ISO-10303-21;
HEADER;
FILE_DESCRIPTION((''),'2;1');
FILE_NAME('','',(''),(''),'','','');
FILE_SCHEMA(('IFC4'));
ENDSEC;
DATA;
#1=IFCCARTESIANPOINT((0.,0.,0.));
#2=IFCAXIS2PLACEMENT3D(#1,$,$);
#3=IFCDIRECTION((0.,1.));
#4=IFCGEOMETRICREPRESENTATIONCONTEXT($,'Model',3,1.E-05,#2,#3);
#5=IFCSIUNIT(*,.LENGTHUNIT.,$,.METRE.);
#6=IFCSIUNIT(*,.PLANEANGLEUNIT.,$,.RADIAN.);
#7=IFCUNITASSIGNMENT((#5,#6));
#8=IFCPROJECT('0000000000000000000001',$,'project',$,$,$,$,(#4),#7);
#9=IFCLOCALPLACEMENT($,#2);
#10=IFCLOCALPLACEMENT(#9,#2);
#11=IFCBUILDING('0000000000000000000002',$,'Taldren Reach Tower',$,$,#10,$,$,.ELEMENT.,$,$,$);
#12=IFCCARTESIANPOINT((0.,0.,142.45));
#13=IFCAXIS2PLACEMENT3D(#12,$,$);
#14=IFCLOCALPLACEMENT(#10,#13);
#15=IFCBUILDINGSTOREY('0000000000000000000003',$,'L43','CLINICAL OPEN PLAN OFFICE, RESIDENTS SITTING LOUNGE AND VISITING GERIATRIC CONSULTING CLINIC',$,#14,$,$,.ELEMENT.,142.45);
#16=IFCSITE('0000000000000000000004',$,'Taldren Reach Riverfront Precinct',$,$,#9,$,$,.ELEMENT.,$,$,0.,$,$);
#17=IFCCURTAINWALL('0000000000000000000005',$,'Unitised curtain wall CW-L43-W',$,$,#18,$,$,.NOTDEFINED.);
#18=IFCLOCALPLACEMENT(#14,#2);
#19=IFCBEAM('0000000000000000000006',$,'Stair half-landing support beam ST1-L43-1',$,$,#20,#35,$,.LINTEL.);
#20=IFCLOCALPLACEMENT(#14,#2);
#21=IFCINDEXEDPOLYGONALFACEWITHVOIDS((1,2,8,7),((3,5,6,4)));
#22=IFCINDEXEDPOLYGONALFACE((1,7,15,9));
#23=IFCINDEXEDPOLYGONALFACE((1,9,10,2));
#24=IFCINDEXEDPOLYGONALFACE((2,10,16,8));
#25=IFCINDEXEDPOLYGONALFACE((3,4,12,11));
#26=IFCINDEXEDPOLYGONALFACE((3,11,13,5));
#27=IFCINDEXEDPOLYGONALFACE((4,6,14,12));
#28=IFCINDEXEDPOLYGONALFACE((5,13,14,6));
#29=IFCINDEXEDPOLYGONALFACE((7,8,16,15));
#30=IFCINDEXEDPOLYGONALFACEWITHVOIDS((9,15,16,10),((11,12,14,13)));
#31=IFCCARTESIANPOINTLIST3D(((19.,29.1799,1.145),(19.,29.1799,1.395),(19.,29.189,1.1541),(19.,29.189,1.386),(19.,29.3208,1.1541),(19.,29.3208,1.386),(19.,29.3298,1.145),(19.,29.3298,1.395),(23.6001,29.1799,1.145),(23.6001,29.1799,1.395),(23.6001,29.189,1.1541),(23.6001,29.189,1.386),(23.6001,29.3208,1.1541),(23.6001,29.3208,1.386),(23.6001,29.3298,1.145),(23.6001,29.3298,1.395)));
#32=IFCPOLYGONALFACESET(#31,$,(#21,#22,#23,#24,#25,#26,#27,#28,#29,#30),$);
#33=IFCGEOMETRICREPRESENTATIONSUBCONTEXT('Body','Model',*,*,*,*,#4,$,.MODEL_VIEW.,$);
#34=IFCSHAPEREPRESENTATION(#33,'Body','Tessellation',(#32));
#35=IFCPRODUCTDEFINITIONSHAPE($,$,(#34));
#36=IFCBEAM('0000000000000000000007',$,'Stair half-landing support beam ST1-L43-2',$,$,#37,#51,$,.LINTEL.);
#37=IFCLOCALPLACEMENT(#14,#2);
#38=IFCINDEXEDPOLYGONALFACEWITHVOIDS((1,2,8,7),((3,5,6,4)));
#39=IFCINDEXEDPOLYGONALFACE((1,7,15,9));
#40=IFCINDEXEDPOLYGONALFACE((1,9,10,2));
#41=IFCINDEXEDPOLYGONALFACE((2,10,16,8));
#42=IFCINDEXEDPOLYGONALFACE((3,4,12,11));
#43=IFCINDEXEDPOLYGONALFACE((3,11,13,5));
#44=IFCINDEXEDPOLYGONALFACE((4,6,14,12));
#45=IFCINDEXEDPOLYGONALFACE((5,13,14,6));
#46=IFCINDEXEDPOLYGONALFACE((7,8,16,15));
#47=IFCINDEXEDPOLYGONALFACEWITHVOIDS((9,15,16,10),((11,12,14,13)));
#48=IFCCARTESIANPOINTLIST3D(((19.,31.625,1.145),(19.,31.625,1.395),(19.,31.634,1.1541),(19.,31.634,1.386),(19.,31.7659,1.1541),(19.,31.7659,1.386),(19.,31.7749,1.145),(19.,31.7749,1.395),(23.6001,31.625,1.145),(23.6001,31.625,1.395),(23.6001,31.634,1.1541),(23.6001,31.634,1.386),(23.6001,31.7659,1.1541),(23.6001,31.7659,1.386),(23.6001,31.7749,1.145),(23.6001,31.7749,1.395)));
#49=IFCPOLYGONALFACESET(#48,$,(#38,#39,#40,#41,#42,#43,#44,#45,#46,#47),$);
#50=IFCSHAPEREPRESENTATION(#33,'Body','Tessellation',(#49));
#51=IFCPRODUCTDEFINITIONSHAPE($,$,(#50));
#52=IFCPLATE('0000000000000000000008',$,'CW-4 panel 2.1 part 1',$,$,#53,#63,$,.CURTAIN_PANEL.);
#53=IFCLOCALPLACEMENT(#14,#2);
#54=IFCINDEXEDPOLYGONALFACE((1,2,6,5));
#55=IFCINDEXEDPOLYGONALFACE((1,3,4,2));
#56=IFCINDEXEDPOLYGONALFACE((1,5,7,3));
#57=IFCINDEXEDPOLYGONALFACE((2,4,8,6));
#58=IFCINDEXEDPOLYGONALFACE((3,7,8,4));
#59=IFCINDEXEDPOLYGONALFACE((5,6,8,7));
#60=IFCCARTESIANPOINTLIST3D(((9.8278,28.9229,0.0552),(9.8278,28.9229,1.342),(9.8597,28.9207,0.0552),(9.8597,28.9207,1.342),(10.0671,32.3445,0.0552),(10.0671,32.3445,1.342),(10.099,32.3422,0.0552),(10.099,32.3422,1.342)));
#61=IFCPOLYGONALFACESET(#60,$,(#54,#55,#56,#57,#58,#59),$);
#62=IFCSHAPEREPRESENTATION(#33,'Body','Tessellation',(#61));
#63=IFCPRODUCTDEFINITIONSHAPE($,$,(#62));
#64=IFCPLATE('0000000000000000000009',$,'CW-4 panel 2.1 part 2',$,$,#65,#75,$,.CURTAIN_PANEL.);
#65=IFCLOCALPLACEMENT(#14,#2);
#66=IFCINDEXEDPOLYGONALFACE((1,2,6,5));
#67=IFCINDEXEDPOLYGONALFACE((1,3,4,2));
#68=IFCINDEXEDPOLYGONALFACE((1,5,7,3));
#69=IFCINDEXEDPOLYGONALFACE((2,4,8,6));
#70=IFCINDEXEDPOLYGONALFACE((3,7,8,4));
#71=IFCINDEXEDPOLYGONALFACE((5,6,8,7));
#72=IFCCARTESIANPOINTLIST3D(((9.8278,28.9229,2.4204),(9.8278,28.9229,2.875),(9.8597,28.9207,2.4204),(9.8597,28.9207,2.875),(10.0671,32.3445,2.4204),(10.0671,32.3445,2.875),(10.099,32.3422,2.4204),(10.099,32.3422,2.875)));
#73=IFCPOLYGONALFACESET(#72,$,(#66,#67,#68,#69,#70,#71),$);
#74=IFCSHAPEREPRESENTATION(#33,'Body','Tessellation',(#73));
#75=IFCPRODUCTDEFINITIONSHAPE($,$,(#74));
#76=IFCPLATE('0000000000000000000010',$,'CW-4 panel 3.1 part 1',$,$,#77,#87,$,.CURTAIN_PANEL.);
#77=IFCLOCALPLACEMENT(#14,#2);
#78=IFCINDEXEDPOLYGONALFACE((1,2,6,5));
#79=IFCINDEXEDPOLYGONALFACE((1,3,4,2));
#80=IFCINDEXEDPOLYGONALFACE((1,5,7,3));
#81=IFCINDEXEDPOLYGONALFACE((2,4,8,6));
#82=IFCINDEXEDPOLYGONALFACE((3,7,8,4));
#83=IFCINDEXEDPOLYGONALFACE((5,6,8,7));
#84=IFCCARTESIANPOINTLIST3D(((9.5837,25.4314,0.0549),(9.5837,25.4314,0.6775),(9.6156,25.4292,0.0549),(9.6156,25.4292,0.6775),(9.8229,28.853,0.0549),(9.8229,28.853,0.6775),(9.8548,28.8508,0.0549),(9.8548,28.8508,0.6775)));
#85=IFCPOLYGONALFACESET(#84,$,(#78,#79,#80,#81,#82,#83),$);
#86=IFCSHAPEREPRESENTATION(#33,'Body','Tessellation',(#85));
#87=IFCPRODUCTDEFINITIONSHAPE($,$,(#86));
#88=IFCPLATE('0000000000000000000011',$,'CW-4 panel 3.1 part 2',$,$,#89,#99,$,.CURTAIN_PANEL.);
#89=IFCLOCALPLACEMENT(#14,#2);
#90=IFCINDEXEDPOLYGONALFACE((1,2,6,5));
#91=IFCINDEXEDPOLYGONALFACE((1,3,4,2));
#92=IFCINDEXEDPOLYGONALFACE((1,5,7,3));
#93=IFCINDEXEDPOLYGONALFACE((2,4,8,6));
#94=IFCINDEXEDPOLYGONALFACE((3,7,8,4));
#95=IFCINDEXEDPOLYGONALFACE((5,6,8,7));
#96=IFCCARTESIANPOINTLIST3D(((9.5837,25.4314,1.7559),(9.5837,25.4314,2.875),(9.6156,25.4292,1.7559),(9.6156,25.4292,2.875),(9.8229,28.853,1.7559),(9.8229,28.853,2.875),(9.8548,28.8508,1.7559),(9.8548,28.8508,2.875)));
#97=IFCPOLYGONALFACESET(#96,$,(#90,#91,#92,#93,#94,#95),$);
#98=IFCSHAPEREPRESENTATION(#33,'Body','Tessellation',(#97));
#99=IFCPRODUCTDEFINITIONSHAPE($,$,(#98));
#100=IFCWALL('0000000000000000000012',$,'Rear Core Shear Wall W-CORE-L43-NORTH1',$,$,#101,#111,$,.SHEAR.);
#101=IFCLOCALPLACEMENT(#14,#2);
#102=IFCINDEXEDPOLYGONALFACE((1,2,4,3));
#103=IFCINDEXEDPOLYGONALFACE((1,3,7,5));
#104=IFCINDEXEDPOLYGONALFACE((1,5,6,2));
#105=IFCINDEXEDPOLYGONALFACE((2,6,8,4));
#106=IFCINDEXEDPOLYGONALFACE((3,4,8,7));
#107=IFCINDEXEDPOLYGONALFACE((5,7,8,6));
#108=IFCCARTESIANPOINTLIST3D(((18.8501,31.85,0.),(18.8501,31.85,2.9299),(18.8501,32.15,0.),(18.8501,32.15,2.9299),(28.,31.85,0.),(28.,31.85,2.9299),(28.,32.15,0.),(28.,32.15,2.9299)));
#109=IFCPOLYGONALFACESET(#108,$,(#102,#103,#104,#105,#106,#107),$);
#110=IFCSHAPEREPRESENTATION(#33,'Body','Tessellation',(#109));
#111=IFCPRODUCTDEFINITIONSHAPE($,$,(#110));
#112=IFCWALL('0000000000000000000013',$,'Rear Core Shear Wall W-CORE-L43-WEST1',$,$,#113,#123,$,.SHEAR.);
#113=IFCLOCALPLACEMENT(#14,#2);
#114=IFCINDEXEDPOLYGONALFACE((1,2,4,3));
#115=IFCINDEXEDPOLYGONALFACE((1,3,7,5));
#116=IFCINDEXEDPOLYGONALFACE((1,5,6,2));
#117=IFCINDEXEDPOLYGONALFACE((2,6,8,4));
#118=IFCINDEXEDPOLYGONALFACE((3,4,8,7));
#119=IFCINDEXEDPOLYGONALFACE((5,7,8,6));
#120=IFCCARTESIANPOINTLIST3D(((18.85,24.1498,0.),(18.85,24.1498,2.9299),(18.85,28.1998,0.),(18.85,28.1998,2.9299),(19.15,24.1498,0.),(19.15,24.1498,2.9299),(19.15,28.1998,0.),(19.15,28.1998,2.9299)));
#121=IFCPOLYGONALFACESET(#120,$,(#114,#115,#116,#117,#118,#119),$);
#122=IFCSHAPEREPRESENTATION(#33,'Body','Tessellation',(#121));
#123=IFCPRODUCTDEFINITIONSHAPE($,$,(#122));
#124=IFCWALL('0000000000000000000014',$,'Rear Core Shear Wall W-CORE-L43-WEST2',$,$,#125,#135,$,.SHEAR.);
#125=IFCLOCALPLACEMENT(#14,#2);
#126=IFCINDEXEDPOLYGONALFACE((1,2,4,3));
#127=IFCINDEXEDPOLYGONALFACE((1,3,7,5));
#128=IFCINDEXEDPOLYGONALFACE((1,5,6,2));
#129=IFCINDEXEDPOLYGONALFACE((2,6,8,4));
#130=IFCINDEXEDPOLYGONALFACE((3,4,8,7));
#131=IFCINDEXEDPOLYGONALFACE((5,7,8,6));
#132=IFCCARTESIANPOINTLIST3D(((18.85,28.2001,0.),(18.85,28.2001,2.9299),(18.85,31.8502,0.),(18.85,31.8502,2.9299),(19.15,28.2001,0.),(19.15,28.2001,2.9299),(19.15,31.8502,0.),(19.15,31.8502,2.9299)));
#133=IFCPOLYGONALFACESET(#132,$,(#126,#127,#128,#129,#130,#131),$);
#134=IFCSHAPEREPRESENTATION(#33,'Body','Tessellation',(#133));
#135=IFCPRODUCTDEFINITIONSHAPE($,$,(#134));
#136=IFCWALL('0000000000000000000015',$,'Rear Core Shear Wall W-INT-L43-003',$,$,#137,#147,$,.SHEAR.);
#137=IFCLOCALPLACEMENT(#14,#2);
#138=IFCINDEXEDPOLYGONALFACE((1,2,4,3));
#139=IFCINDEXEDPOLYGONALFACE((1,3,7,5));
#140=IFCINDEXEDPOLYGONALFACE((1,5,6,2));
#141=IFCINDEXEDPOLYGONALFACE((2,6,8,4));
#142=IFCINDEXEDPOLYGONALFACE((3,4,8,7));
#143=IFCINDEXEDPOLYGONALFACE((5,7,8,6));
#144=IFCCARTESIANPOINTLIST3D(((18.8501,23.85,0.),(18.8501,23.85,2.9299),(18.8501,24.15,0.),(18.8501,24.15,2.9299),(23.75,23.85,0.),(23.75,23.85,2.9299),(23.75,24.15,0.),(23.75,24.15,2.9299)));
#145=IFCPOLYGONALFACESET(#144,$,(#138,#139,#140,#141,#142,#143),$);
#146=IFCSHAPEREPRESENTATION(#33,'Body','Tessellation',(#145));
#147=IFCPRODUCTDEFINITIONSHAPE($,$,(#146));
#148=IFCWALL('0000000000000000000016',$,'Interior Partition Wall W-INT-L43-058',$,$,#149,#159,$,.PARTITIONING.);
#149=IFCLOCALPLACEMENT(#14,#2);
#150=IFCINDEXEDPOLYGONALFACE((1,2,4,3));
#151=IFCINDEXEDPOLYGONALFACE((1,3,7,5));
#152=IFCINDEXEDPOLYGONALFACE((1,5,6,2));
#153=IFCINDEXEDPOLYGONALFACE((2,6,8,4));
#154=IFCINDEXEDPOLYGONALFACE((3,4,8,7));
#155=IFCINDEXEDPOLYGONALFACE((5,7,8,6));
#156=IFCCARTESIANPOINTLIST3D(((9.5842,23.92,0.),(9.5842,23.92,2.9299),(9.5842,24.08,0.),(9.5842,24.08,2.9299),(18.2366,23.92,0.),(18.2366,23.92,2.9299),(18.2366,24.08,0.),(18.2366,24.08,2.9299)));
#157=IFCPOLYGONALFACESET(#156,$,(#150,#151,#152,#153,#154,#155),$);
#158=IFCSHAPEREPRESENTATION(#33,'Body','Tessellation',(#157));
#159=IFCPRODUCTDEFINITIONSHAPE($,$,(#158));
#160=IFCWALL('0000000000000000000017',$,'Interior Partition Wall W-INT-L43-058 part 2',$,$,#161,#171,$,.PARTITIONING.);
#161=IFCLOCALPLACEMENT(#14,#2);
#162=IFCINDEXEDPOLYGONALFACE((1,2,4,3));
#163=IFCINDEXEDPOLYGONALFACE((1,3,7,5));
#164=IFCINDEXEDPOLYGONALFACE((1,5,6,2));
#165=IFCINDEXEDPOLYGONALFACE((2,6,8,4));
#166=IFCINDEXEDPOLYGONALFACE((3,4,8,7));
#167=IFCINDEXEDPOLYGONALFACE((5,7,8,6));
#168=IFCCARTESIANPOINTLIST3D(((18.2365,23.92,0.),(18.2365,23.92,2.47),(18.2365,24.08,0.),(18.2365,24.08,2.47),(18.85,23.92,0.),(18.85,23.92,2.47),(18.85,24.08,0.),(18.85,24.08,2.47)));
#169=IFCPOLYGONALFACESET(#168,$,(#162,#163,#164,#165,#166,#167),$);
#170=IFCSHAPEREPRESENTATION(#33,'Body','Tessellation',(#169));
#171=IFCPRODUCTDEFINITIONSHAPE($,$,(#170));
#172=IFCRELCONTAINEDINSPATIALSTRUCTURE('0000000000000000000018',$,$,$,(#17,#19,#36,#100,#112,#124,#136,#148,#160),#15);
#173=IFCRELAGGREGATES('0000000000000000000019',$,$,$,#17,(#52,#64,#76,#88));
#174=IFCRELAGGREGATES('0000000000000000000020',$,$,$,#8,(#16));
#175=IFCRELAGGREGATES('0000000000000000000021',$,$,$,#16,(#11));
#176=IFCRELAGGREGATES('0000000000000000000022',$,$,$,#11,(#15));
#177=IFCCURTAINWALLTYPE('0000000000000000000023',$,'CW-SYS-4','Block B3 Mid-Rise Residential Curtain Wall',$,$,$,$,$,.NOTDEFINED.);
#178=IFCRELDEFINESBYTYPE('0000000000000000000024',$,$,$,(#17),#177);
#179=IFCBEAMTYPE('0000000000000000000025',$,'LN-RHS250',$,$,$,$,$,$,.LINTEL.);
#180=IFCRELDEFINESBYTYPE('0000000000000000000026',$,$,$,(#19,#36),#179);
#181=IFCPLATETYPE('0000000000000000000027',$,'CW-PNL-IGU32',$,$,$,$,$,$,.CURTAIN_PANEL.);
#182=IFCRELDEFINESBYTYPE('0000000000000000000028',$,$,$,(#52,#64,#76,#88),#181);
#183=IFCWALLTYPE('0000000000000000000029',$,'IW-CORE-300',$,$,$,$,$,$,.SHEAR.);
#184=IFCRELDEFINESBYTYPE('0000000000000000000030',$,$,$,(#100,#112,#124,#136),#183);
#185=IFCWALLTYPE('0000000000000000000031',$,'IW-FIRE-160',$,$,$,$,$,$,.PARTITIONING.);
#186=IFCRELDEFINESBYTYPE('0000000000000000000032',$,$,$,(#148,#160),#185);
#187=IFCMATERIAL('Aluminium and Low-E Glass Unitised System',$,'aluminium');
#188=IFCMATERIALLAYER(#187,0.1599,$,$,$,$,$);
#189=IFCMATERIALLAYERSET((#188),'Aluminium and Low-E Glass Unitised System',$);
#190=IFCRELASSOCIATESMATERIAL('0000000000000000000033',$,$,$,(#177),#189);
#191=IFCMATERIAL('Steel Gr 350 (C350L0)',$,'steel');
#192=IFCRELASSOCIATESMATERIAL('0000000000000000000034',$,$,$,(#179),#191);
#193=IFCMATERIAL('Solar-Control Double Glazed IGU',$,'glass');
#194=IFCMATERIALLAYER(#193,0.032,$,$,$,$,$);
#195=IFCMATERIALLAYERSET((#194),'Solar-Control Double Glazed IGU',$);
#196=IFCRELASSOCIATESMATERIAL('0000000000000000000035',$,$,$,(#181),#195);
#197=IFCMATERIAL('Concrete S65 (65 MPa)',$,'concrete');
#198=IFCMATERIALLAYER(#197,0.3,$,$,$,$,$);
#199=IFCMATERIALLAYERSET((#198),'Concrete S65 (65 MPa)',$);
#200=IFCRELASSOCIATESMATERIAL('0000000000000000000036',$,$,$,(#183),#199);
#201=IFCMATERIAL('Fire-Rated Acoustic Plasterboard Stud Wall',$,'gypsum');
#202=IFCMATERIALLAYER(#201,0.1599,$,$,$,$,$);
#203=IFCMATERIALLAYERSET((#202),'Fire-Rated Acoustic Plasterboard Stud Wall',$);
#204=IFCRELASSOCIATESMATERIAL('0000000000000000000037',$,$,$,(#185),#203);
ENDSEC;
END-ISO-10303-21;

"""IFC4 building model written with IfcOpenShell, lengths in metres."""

from ifc_helpers import new_model, si_unit, direction, frame, frame_2d, origin, origin_2d, place, context, subcontext, project, spatial, rectangle, hollow_rectangle, extrude, source, transform, mapped, material, layer, layer_set, material_profile, profile_set, type_object, element, aggregate, save


model = new_model("IFC4")

# Units and contexts
model_context = context("Model", 3, precision=1e-05, world=origin(), true_north=direction((0.0, 1.0)))
body_context = subcontext(model_context, "Body", "Model", "MODEL_VIEW")
ifc_project = project(units=[si_unit("LENGTHUNIT", "METRE"), si_unit("PLANEANGLEUNIT", "RADIAN")], contexts=[model_context])

# Site, building, storey
site_placement = place(None, origin())
site = spatial("IfcSite", under=ifc_project, at=site_placement, Name="Taldren Reach Riverfront Precinct", CompositionType="ELEMENT", RefElevation=0.0)
building_placement = place(site_placement, origin())
building = spatial("IfcBuilding", under=site, at=building_placement, Name="Taldren Reach Tower", CompositionType="ELEMENT")
storey_placement = place(building_placement, frame((0.0, 0.0, 142.45)))
storey = spatial("IfcBuildingStorey", under=building, at=storey_placement, Name="L43", Description="CLINICAL OPEN PLAN OFFICE, RESIDENTS SITTING LOUNGE AND VISITING GERIATRIC CONSULTING CLINIC", CompositionType="ELEMENT", Elevation=142.45)

# Curtain wall
ifc_material_1 = material(Name="Aluminium and Low-E Glass Unitised System", Category="aluminium")
ifc_layer_1 = layer(ifc_material_1, 0.1599)
ifc_layer_set_1 = layer_set([ifc_layer_1], Name="Aluminium and Low-E Glass Unitised System")
curtain_wall_type = type_object("IfcCurtainWallType", Name="CW-SYS-4", Description="Block B3 Mid-Rise Residential Curtain Wall", PredefinedType="NOTDEFINED", material=ifc_layer_set_1)
curtain_wall_placement = place(storey_placement, origin())
curtain_wall = element("IfcCurtainWall", 1, at=curtain_wall_placement, inside=storey, type_object=curtain_wall_type, Name="Unitised curtain wall CW-L43-W", PredefinedType="NOTDEFINED")

# Beams
ifc_material_2 = material(Name="Steel Gr 350 (C350L0)", Category="steel")
ifc_material_profile_1 = material_profile(ifc_material_2, hollow_rectangle(XDim=0.1499, YDim=0.25, WallThickness=0.009, at=origin_2d()), Name="250x150x9.0RHS")
ifc_profile_set_1 = profile_set([ifc_material_profile_1], Name="Steel Gr 350 (C350L0)")
beam_type_1 = type_object("IfcBeamType", Name="LN-RHS250", PredefinedType="LINTEL", material=ifc_profile_set_1)
shared_shape_1 = source(origin(), body_context, "Body", "SweptSolid", [
    extrude(hollow_rectangle(XDim=0.1499, YDim=0.25, WallThickness=0.009, at=origin_2d()), origin(), (0.0, 0.0, 1.0), 4.6001),
])
for number, where, z_axis, x_axis, name in (
    (2, (19.0, 29.2549, 1.27), (1.0, 0.0, 0.0), (0.0, 1.0, 0.0), "Stair half-landing support beam ST1-L43-1"),
    (3, (19.0, 31.7, 1.27), (1.0, 0.0, 0.0), (0.0, 1.0, 0.0), "Stair half-landing support beam ST1-L43-2"),
):
    element("IfcBeam", number, at=place(storey_placement, frame(where, z_axis=z_axis, x_axis=x_axis)), inside=storey, type_object=beam_type_1, Name=name, PredefinedType="LINTEL", context=body_context, shape_type="MappedRepresentation", body=[
        mapped(shared_shape_1, transform((0.0, 0.0, 0.0), scale=1.0)),
    ])

# Plates
ifc_material_3 = material(Name="Solar-Control Double Glazed IGU", Category="glass")
ifc_layer_2 = layer(ifc_material_3, 0.032)
ifc_layer_set_2 = layer_set([ifc_layer_2], Name="Solar-Control Double Glazed IGU")
plate_type = type_object("IfcPlateType", Name="CW-PNL-IGU32", PredefinedType="CURTAIN_PANEL", material=ifc_layer_set_2)
shared_shape_2 = source(origin(), body_context, "Body", "SweptSolid", [
    extrude(rectangle(XDim=3.4299, YDim=0.032, at=origin_2d()), origin(), (0.0, 0.0, 1.0), 1.2869),
])
plate_1_placement = place(storey_placement, frame((9.9634, 30.6326, 0.0552), z_axis=(0.0, 0.0, 1.0), x_axis=(-0.069756, -0.997564, 0.0)))
plate_1 = element("IfcPlate", 4, at=plate_1_placement, type_object=plate_type, Name="CW-4 panel 2.1 part 1", PredefinedType="CURTAIN_PANEL", context=body_context, shape_type="MappedRepresentation", body=[
    mapped(shared_shape_2, transform((0.0, 0.0, 0.0), scale=1.0)),
])
shared_shape_3 = source(origin(), body_context, "Body", "SweptSolid", [
    extrude(rectangle(XDim=3.4299, YDim=0.032, at=origin_2d()), origin(), (0.0, 0.0, 1.0), 0.4546),
])
plate_2_placement = place(storey_placement, frame((9.9634, 30.6326, 2.4204), z_axis=(0.0, 0.0, 1.0), x_axis=(-0.069756, -0.997564, 0.0)))
plate_2 = element("IfcPlate", 5, at=plate_2_placement, type_object=plate_type, Name="CW-4 panel 2.1 part 2", PredefinedType="CURTAIN_PANEL", context=body_context, shape_type="MappedRepresentation", body=[
    mapped(shared_shape_3, transform((0.0, 0.0, 0.0), scale=1.0)),
])
shared_shape_4 = source(origin(), body_context, "Body", "SweptSolid", [
    extrude(rectangle(XDim=3.4299, YDim=0.032, at=origin_2d()), origin(), (0.0, 0.0, 1.0), 0.6226),
])
plate_3_placement = place(storey_placement, frame((9.7192, 27.1411, 0.0549), z_axis=(0.0, 0.0, 1.0), x_axis=(-0.069756, -0.997564, 0.0)))
plate_3 = element("IfcPlate", 6, at=plate_3_placement, type_object=plate_type, Name="CW-4 panel 3.1 part 1", PredefinedType="CURTAIN_PANEL", context=body_context, shape_type="MappedRepresentation", body=[
    mapped(shared_shape_4, transform((0.0, 0.0, 0.0), scale=1.0)),
])
shared_shape_5 = source(origin(), body_context, "Body", "SweptSolid", [
    extrude(rectangle(XDim=3.4299, YDim=0.032, at=origin_2d()), origin(), (0.0, 0.0, 1.0), 1.1191),
])
plate_4_placement = place(storey_placement, frame((9.7192, 27.1411, 1.7559), z_axis=(0.0, 0.0, 1.0), x_axis=(-0.069756, -0.997564, 0.0)))
plate_4 = element("IfcPlate", 7, at=plate_4_placement, type_object=plate_type, Name="CW-4 panel 3.1 part 2", PredefinedType="CURTAIN_PANEL", context=body_context, shape_type="MappedRepresentation", body=[
    mapped(shared_shape_5, transform((0.0, 0.0, 0.0), scale=1.0)),
])
aggregate(curtain_wall, [plate_1, plate_2, plate_3, plate_4])

# Walls
ifc_material_4 = material(Name="Concrete S65 (65 MPa)", Category="concrete")
ifc_layer_3 = layer(ifc_material_4, 0.3)
ifc_layer_set_3 = layer_set([ifc_layer_3], Name="Concrete S65 (65 MPa)")
wall_type_1 = type_object("IfcWallType", Name="IW-CORE-300", PredefinedType="SHEAR", material=ifc_layer_set_3)
shared_shape_6 = source(origin(), body_context, "Body", "SweptSolid", [
    extrude(rectangle(XDim=9.1499, YDim=0.3, at=frame_2d((4.575, 0.0))), origin(), (0.0, 0.0, 1.0), 2.9299),
])
wall_1_placement = place(storey_placement, frame((18.8501, 32.0, 0.0), z_axis=(0.0, 0.0, 1.0), x_axis=(1.0, 0.0, 0.0)))
element("IfcWall", 8, at=wall_1_placement, inside=storey, type_object=wall_type_1, Name="Rear Core Shear Wall W-CORE-L43-NORTH1", PredefinedType="SHEAR", context=body_context, shape_type="MappedRepresentation", body=[
    mapped(shared_shape_6, transform((0.0, 0.0, 0.0), scale=1.0)),
])
shared_shape_7 = source(origin(), body_context, "Body", "SweptSolid", [
    extrude(rectangle(XDim=4.05, YDim=0.3, at=frame_2d((2.0249, 0.0))), origin(), (0.0, 0.0, 1.0), 2.9299),
])
wall_2_placement = place(storey_placement, frame((19.0, 24.1499, 0.0), z_axis=(0.0, 0.0, 1.0), x_axis=(0.0, 1.0, 0.0)))
element("IfcWall", 9, at=wall_2_placement, inside=storey, type_object=wall_type_1, Name="Rear Core Shear Wall W-CORE-L43-WEST1", PredefinedType="SHEAR", context=body_context, shape_type="MappedRepresentation", body=[
    mapped(shared_shape_7, transform((0.0, 0.0, 0.0), scale=1.0)),
])
shared_shape_8 = source(origin(), body_context, "Body", "SweptSolid", [
    extrude(rectangle(XDim=3.6501, YDim=0.3, at=frame_2d((1.8252, 0.0))), origin(), (0.0, 0.0, 1.0), 2.9299),
])
wall_3_placement = place(storey_placement, frame((19.0, 28.2, 0.0), z_axis=(0.0, 0.0, 1.0), x_axis=(0.0, 1.0, 0.0)))
element("IfcWall", 10, at=wall_3_placement, inside=storey, type_object=wall_type_1, Name="Rear Core Shear Wall W-CORE-L43-WEST2", PredefinedType="SHEAR", context=body_context, shape_type="MappedRepresentation", body=[
    mapped(shared_shape_8, transform((0.0, 0.0, 0.0), scale=1.0)),
])
shared_shape_9 = source(origin(), body_context, "Body", "SweptSolid", [
    extrude(rectangle(XDim=4.8999, YDim=0.3, at=frame_2d((2.45, 0.0))), origin(), (0.0, 0.0, 1.0), 2.9299),
])
wall_4_placement = place(storey_placement, frame((18.8501, 24.0, 0.0), z_axis=(0.0, 0.0, 1.0), x_axis=(1.0, 0.0, 0.0)))
element("IfcWall", 11, at=wall_4_placement, inside=storey, type_object=wall_type_1, Name="Rear Core Shear Wall W-INT-L43-003", PredefinedType="SHEAR", context=body_context, shape_type="MappedRepresentation", body=[
    mapped(shared_shape_9, transform((0.0, 0.0, 0.0), scale=1.0)),
])
ifc_material_5 = material(Name="Fire-Rated Acoustic Plasterboard Stud Wall", Category="gypsum")
ifc_layer_4 = layer(ifc_material_5, 0.1599)
ifc_layer_set_4 = layer_set([ifc_layer_4], Name="Fire-Rated Acoustic Plasterboard Stud Wall")
wall_type_2 = type_object("IfcWallType", Name="IW-FIRE-160", PredefinedType="PARTITIONING", material=ifc_layer_set_4)
shared_shape_10 = source(origin(), body_context, "Body", "SweptSolid", [
    extrude(rectangle(XDim=8.6523, YDim=0.1599, at=frame_2d((4.3262, 0.0))), origin(), (0.0, 0.0, 1.0), 2.9299),
])
wall_5_placement = place(storey_placement, frame((9.5842, 24.0, 0.0), z_axis=(0.0, 0.0, 1.0), x_axis=(1.0, 0.0, 0.0)))
element("IfcWall", 12, at=wall_5_placement, inside=storey, type_object=wall_type_2, Name="Interior Partition Wall W-INT-L43-058", PredefinedType="PARTITIONING", context=body_context, shape_type="MappedRepresentation", body=[
    mapped(shared_shape_10, transform((0.0, 0.0, 0.0), scale=1.0)),
])
shared_shape_11 = source(origin(), body_context, "Body", "SweptSolid", [
    extrude(rectangle(XDim=0.6135, YDim=0.1599, at=frame_2d((0.3066, 0.0))), origin(), (0.0, 0.0, 1.0), 2.47),
])
wall_6_placement = place(storey_placement, frame((18.2366, 24.0, 0.0), z_axis=(0.0, 0.0, 1.0), x_axis=(1.0, 0.0, 0.0)))
element("IfcWall", 13, at=wall_6_placement, inside=storey, type_object=wall_type_2, Name="Interior Partition Wall W-INT-L43-058 part 2", PredefinedType="PARTITIONING", context=body_context, shape_type="MappedRepresentation", body=[
    mapped(shared_shape_11, transform((0.0, 0.0, 0.0), scale=1.0)),
])

save(model, "model.ifc")
